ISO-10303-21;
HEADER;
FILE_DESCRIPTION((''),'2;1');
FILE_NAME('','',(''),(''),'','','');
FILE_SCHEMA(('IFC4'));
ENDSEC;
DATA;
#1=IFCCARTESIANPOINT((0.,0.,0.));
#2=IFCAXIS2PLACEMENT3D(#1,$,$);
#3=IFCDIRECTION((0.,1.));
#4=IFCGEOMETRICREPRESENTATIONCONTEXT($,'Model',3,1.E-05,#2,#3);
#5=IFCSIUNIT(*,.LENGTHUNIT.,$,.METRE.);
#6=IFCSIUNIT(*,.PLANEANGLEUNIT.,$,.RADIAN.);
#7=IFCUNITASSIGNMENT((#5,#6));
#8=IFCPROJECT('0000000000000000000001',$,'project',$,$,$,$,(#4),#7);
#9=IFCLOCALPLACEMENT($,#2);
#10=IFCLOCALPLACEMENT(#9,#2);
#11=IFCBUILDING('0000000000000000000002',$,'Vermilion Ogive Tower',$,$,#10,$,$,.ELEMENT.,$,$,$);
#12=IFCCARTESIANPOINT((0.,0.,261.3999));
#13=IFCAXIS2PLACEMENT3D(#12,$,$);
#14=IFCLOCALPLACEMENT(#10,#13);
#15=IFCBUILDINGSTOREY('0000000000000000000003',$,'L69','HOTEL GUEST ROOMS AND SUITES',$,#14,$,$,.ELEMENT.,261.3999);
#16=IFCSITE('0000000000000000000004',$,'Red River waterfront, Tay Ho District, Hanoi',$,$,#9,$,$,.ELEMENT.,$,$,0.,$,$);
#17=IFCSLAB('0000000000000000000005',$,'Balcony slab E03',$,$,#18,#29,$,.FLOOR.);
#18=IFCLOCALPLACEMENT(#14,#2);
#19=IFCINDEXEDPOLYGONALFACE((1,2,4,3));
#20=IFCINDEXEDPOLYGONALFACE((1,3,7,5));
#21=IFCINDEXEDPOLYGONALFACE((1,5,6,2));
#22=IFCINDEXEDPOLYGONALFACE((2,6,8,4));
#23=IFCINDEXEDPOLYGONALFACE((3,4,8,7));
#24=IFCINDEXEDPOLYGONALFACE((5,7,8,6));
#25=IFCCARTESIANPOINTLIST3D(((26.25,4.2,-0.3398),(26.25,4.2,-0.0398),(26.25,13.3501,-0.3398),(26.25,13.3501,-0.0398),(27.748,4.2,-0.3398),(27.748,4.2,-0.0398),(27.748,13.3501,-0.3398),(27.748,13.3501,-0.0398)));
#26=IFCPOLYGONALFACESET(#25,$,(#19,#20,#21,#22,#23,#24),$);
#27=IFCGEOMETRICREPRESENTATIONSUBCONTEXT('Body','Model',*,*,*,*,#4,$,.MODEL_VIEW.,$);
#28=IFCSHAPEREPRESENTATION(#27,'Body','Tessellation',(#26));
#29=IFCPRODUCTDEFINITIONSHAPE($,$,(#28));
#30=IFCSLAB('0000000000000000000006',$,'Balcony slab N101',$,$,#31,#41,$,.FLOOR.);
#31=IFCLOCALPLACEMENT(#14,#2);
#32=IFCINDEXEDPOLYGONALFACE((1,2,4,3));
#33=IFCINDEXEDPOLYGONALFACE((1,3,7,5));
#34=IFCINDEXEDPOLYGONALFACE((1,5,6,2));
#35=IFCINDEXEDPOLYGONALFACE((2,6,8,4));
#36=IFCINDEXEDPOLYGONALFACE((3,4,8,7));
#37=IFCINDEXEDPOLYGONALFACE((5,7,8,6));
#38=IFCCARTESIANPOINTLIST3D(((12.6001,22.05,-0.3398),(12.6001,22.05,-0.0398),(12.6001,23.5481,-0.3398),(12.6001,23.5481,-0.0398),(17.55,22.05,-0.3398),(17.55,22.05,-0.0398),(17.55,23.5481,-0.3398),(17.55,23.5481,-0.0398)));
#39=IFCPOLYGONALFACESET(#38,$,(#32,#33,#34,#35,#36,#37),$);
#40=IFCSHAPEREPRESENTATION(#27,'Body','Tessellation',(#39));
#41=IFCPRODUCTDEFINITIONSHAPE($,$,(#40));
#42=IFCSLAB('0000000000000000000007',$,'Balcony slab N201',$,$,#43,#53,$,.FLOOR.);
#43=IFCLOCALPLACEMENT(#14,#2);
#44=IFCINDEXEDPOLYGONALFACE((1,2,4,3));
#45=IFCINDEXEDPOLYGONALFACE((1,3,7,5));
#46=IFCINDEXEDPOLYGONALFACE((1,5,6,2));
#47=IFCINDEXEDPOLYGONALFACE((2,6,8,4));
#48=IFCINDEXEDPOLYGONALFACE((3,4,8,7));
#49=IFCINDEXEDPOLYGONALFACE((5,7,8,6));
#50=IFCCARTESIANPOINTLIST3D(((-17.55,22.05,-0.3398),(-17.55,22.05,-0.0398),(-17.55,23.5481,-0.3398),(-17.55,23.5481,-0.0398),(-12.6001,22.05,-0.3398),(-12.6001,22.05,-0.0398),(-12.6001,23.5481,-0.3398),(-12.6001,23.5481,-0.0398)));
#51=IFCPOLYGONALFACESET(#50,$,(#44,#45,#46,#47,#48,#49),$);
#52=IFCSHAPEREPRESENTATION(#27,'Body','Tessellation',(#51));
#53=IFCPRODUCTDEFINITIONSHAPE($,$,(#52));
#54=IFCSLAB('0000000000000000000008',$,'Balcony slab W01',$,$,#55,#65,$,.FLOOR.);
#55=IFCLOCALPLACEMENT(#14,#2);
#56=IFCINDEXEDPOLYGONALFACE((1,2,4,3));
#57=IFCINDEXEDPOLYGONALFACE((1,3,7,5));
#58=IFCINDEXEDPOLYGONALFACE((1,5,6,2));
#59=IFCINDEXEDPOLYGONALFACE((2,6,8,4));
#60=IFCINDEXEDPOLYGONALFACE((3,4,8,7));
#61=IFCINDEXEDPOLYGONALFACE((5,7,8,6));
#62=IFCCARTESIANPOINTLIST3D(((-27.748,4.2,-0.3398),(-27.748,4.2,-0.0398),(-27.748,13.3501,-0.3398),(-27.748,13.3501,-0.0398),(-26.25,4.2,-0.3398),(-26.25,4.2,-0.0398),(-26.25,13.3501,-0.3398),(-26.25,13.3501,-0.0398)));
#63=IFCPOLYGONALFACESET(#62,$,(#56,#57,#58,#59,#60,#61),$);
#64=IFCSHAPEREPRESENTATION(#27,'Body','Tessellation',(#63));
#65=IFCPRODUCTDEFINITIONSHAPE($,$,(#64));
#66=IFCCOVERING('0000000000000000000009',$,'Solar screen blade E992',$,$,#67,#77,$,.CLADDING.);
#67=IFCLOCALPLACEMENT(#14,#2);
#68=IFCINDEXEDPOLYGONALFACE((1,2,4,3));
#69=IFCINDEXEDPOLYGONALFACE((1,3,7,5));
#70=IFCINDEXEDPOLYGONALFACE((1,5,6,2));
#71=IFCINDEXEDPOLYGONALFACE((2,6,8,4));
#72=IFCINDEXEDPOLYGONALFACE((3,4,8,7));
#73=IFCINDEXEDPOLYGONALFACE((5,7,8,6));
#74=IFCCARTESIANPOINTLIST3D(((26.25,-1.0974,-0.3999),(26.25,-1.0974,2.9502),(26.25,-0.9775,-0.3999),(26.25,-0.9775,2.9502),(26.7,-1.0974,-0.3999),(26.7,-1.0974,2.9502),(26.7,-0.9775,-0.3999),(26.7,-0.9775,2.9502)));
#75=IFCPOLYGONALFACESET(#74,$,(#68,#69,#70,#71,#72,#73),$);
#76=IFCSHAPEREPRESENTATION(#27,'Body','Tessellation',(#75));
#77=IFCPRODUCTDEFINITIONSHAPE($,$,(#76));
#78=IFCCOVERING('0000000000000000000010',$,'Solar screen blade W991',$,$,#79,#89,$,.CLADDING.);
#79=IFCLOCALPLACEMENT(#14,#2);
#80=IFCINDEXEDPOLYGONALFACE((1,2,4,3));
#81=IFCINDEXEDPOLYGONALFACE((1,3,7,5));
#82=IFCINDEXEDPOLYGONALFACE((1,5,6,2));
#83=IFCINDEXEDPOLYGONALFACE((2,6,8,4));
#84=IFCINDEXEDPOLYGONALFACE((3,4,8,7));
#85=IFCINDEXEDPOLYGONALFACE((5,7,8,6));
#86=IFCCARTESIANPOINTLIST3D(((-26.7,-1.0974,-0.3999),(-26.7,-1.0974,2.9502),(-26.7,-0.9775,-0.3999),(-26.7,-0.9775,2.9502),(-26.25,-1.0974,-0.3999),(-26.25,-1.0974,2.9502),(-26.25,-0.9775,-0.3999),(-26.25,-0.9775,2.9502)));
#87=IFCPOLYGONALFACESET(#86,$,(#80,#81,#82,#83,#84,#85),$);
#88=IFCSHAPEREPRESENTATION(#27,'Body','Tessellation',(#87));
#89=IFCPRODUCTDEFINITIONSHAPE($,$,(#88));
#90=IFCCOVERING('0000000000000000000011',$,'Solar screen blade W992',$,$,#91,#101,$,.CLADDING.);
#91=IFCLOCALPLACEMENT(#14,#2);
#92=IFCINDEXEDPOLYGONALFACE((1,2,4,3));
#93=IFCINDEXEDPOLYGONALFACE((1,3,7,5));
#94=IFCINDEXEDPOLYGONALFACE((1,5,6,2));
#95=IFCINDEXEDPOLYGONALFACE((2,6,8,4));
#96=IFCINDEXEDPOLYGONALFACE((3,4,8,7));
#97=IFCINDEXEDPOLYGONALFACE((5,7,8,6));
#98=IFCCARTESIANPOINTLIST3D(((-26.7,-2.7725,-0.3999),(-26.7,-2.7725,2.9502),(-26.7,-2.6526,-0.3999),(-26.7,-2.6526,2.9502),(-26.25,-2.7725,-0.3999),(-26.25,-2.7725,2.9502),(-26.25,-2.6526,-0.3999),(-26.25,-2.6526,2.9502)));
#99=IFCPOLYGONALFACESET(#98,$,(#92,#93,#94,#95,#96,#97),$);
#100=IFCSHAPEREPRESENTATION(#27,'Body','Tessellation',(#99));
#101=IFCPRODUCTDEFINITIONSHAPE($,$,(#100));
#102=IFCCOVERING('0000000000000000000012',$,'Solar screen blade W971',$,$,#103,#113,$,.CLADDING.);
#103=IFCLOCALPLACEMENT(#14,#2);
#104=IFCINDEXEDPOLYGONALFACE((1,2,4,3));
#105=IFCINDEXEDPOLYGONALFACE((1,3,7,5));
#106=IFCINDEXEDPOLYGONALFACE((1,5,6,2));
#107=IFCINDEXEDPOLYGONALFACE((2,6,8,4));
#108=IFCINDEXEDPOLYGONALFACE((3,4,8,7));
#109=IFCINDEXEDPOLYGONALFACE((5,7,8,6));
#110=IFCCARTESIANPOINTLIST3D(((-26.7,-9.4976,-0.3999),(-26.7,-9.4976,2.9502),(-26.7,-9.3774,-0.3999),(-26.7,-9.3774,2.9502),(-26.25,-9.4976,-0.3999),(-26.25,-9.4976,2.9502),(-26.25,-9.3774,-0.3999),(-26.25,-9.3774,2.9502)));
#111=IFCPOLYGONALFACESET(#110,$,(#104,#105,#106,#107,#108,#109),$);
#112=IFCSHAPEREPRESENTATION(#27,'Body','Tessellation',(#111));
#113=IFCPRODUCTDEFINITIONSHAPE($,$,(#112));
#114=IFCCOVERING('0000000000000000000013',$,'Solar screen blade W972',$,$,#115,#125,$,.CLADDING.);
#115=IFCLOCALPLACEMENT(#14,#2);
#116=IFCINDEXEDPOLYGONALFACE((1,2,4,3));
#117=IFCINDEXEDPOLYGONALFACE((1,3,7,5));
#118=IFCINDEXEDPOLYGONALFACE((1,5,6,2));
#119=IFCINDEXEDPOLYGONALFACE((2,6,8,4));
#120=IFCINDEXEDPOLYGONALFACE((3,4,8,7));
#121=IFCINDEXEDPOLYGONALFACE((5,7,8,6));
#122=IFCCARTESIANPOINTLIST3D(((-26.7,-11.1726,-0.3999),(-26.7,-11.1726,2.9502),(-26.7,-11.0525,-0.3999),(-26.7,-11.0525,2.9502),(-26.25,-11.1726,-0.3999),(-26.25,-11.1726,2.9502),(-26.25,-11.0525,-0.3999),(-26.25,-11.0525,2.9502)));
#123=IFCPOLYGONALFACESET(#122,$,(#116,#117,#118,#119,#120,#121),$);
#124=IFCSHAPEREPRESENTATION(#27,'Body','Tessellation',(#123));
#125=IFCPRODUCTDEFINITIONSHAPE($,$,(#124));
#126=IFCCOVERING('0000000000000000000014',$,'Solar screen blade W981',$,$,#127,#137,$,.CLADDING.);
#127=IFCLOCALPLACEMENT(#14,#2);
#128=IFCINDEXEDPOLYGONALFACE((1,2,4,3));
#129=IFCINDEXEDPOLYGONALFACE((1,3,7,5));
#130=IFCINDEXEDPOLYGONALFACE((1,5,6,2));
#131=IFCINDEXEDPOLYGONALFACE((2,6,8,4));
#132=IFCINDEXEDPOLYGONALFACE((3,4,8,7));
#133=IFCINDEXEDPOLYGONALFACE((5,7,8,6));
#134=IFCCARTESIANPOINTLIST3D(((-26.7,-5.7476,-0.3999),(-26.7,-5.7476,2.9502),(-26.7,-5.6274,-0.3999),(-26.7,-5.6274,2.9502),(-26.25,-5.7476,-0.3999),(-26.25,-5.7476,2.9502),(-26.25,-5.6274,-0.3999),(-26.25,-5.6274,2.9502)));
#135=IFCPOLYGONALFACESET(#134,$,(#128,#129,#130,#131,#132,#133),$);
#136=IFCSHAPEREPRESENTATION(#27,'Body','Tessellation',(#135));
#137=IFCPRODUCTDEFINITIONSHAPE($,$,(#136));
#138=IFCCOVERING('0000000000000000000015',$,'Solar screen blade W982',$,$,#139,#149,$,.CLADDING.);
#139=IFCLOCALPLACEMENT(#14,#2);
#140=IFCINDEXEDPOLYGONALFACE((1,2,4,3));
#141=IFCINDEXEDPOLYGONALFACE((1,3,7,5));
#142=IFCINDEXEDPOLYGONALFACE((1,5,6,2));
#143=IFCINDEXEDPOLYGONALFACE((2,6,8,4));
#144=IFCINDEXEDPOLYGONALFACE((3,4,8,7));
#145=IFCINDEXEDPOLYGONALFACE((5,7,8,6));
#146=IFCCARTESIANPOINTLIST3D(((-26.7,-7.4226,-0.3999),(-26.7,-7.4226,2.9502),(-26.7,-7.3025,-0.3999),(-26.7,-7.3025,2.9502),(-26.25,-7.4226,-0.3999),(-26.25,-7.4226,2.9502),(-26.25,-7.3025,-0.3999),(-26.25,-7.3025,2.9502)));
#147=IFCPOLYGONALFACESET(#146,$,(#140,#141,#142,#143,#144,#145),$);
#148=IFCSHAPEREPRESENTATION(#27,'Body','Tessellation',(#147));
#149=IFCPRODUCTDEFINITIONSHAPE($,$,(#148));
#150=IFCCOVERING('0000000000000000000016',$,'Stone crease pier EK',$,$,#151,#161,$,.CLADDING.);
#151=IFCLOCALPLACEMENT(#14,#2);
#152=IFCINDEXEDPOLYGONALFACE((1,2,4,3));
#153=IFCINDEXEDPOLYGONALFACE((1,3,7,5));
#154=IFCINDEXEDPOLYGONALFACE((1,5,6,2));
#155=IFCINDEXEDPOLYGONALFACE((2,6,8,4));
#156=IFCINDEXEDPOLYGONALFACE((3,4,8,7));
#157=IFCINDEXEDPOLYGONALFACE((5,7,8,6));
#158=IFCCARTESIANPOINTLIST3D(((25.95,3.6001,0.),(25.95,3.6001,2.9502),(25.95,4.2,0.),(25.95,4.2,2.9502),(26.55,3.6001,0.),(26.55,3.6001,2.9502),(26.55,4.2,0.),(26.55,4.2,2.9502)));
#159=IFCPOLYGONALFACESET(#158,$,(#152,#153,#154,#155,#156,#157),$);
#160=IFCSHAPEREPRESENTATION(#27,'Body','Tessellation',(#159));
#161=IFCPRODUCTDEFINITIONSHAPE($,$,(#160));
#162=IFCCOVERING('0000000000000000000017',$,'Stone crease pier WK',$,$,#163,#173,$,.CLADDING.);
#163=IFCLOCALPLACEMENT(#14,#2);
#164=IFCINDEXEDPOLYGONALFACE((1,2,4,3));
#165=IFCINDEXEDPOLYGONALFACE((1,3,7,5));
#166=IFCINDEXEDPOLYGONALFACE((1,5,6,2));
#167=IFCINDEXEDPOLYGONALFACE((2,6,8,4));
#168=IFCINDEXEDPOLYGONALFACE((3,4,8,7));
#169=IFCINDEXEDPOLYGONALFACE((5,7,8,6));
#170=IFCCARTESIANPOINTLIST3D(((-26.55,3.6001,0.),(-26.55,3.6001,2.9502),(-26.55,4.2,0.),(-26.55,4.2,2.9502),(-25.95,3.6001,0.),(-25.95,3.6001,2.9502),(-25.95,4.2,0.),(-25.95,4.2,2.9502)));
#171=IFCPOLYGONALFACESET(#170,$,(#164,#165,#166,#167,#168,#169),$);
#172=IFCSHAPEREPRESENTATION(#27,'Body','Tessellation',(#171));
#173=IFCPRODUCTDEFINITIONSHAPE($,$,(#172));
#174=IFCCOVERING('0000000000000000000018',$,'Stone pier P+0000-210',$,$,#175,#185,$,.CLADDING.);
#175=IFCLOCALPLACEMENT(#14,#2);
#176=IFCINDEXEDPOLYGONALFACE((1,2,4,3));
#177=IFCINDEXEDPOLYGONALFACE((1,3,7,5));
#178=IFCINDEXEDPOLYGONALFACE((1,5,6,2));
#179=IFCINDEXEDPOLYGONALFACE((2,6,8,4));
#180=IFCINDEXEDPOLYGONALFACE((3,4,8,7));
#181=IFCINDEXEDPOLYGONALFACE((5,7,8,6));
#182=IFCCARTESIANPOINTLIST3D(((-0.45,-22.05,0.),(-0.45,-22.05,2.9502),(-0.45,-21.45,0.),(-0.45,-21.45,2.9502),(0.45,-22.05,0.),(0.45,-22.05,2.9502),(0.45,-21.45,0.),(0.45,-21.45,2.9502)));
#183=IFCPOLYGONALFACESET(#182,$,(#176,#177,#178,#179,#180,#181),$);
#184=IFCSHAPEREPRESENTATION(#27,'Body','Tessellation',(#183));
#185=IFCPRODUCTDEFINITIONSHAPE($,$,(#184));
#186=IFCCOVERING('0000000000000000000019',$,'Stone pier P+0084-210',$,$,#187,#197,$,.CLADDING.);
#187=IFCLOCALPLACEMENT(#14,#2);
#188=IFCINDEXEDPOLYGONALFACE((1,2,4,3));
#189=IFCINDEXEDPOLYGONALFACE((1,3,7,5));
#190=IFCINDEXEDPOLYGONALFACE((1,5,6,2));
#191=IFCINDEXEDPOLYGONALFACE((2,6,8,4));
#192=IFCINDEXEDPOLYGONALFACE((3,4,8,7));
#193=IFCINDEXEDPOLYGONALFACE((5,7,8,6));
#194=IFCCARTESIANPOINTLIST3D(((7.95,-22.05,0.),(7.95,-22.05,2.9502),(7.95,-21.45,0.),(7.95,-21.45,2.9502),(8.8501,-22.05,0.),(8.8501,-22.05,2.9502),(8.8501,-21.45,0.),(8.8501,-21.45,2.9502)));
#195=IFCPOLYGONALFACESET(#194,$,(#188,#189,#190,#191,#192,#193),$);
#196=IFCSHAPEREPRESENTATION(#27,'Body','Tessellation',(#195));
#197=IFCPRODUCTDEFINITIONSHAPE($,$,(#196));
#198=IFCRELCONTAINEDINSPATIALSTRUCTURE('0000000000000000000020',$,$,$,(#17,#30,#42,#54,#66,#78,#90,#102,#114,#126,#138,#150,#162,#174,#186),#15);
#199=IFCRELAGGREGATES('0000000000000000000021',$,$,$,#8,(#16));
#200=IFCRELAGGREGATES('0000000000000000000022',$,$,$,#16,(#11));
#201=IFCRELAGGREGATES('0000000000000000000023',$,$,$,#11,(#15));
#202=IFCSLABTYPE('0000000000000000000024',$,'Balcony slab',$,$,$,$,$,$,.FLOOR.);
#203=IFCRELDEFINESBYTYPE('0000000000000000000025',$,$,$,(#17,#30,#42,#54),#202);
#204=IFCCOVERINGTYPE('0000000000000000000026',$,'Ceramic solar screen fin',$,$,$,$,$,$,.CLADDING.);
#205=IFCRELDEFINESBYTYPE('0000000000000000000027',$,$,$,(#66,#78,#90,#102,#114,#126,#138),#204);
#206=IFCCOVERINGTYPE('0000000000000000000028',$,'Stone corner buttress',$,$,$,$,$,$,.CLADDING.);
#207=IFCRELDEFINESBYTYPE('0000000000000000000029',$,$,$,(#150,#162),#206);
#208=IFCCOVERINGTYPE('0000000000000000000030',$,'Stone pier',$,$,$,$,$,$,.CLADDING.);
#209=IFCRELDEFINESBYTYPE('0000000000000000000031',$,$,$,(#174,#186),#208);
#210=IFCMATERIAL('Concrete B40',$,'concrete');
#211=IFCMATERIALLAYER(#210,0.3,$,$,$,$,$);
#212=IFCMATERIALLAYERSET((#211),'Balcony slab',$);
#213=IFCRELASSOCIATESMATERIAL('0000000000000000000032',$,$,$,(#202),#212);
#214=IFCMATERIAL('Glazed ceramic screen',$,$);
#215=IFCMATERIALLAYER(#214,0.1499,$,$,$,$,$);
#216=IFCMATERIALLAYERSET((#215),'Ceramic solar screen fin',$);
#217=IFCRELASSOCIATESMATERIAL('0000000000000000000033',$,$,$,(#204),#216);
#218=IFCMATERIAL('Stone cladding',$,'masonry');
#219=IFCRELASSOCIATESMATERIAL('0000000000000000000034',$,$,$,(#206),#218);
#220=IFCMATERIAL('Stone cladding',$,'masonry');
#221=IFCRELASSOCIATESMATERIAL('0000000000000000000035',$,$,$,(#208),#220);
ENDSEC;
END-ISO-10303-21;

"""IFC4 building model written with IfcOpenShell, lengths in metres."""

from ifc_helpers import new_model, si_unit, direction, frame, origin, place, context, subcontext, project, spatial, polyline, outline, extrude, material, layer, layer_set, type_object, element, save


model = new_model("IFC4")

# Units and contexts
model_context = context("Model", 3, precision=1e-05, world=origin(), true_north=direction((0.0, 1.0)))
body_context = subcontext(model_context, "Body", "Model", "MODEL_VIEW")
ifc_project = project(units=[si_unit("LENGTHUNIT", "METRE"), si_unit("PLANEANGLEUNIT", "RADIAN")], contexts=[model_context])

# Site, building, storey
site_placement = place(None, origin())
site = spatial("IfcSite", under=ifc_project, at=site_placement, Name="Red River waterfront, Tay Ho District, Hanoi", CompositionType="ELEMENT", RefElevation=0.0)
building_placement = place(site_placement, origin())
building = spatial("IfcBuilding", under=site, at=building_placement, Name="Vermilion Ogive Tower", CompositionType="ELEMENT")
storey_placement = place(building_placement, frame((0.0, 0.0, 261.3999)))
storey = spatial("IfcBuildingStorey", under=building, at=storey_placement, Name="L69", Description="HOTEL GUEST ROOMS AND SUITES", CompositionType="ELEMENT", Elevation=261.3999)

# Slabs
ifc_material_1 = material(Name="Concrete B40", Category="concrete")
ifc_layer_1 = layer(ifc_material_1, 0.3)
ifc_layer_set_1 = layer_set([ifc_layer_1], Name="Balcony slab")
slab_type = type_object("IfcSlabType", Name="Balcony slab", PredefinedType="FLOOR", material=ifc_layer_set_1)
slab_1_placement = place(storey_placement, frame((0.0, 0.0, -0.3398)))
element("IfcSlab", 1, at=slab_1_placement, inside=storey, type_object=slab_type, Name="Balcony slab E03", PredefinedType="FLOOR", context=body_context, shape_type="SweptSolid", body=[
    extrude(outline(polyline([(27.748, 4.2), (27.748, 13.3501), (26.25, 13.3501), (26.25, 4.2), (27.748, 4.2)])), origin(), (0.0, 0.0, 1.0), 0.3),
])
slab_2_placement = place(storey_placement, frame((0.0, 0.0, -0.3398)))
element("IfcSlab", 2, at=slab_2_placement, inside=storey, type_object=slab_type, Name="Balcony slab N101", PredefinedType="FLOOR", context=body_context, shape_type="SweptSolid", body=[
    extrude(outline(polyline([(17.55, 23.5481), (12.6001, 23.5481), (12.6001, 22.05), (17.55, 22.05), (17.55, 23.5481)])), origin(), (0.0, 0.0, 1.0), 0.3),
])
slab_3_placement = place(storey_placement, frame((0.0, 0.0, -0.3398)))
element("IfcSlab", 3, at=slab_3_placement, inside=storey, type_object=slab_type, Name="Balcony slab N201", PredefinedType="FLOOR", context=body_context, shape_type="SweptSolid", body=[
    extrude(outline(polyline([(-12.6001, 23.5481), (-17.55, 23.5481), (-17.55, 22.05), (-12.6001, 22.05), (-12.6001, 23.5481)])), origin(), (0.0, 0.0, 1.0), 0.3),
])
slab_4_placement = place(storey_placement, frame((0.0, 0.0, -0.3398)))
element("IfcSlab", 4, at=slab_4_placement, inside=storey, type_object=slab_type, Name="Balcony slab W01", PredefinedType="FLOOR", context=body_context, shape_type="SweptSolid", body=[
    extrude(outline(polyline([(-27.748, 13.3501), (-27.748, 4.2), (-26.25, 4.2), (-26.25, 13.3501), (-27.748, 13.3501)])), origin(), (0.0, 0.0, 1.0), 0.3),
])

# Coverings
ifc_material_2 = material(Name="Glazed ceramic screen")
ifc_layer_2 = layer(ifc_material_2, 0.1499)
ifc_layer_set_2 = layer_set([ifc_layer_2], Name="Ceramic solar screen fin")
covering_type_1 = type_object("IfcCoveringType", Name="Ceramic solar screen fin", PredefinedType="CLADDING", material=ifc_layer_set_2)
covering_1_placement = place(storey_placement, frame((0.0, 0.0, -0.3999)))
element("IfcCovering", 5, at=covering_1_placement, inside=storey, type_object=covering_type_1, Name="Solar screen blade E992", PredefinedType="CLADDING", context=body_context, shape_type="SweptSolid", body=[
    extrude(outline(polyline([(26.7, -1.0974), (26.7, -0.9775), (26.25, -0.9775), (26.25, -1.0974), (26.7, -1.0974)])), origin(), (0.0, 0.0, 1.0), 3.3501),
])
covering_2_placement = place(storey_placement, frame((0.0, 0.0, -0.3999)))
element("IfcCovering", 6, at=covering_2_placement, inside=storey, type_object=covering_type_1, Name="Solar screen blade W991", PredefinedType="CLADDING", context=body_context, shape_type="SweptSolid", body=[
    extrude(outline(polyline([(-26.7, -0.9775), (-26.7, -1.0974), (-26.25, -1.0974), (-26.25, -0.9775), (-26.7, -0.9775)])), origin(), (0.0, 0.0, 1.0), 3.3501),
])
covering_3_placement = place(storey_placement, frame((0.0, 0.0, -0.3999)))
element("IfcCovering", 7, at=covering_3_placement, inside=storey, type_object=covering_type_1, Name="Solar screen blade W992", PredefinedType="CLADDING", context=body_context, shape_type="SweptSolid", body=[
    extrude(outline(polyline([(-26.7, -2.6526), (-26.7, -2.7725), (-26.25, -2.7725), (-26.25, -2.6526), (-26.7, -2.6526)])), origin(), (0.0, 0.0, 1.0), 3.3501),
])
covering_4_placement = place(storey_placement, frame((0.0, 0.0, -0.3999)))
element("IfcCovering", 8, at=covering_4_placement, inside=storey, type_object=covering_type_1, Name="Solar screen blade W971", PredefinedType="CLADDING", context=body_context, shape_type="SweptSolid", body=[
    extrude(outline(polyline([(-26.7, -9.3774), (-26.7, -9.4976), (-26.25, -9.4976), (-26.25, -9.3774), (-26.7, -9.3774)])), origin(), (0.0, 0.0, 1.0), 3.3501),
])
covering_5_placement = place(storey_placement, frame((0.0, 0.0, -0.3999)))
element("IfcCovering", 9, at=covering_5_placement, inside=storey, type_object=covering_type_1, Name="Solar screen blade W972", PredefinedType="CLADDING", context=body_context, shape_type="SweptSolid", body=[
    extrude(outline(polyline([(-26.7, -11.0525), (-26.7, -11.1726), (-26.25, -11.1726), (-26.25, -11.0525), (-26.7, -11.0525)])), origin(), (0.0, 0.0, 1.0), 3.3501),
])
covering_6_placement = place(storey_placement, frame((0.0, 0.0, -0.3999)))
element("IfcCovering", 10, at=covering_6_placement, inside=storey, type_object=covering_type_1, Name="Solar screen blade W981", PredefinedType="CLADDING", context=body_context, shape_type="SweptSolid", body=[
    extrude(outline(polyline([(-26.7, -5.6274), (-26.7, -5.7476), (-26.25, -5.7476), (-26.25, -5.6274), (-26.7, -5.6274)])), origin(), (0.0, 0.0, 1.0), 3.3501),
])
covering_7_placement = place(storey_placement, frame((0.0, 0.0, -0.3999)))
element("IfcCovering", 11, at=covering_7_placement, inside=storey, type_object=covering_type_1, Name="Solar screen blade W982", PredefinedType="CLADDING", context=body_context, shape_type="SweptSolid", body=[
    extrude(outline(polyline([(-26.7, -7.3025), (-26.7, -7.4226), (-26.25, -7.4226), (-26.25, -7.3025), (-26.7, -7.3025)])), origin(), (0.0, 0.0, 1.0), 3.3501),
])
ifc_material_3 = material(Name="Stone cladding", Category="masonry")
covering_type_2 = type_object("IfcCoveringType", Name="Stone corner buttress", PredefinedType="CLADDING", material=ifc_material_3)
covering_8_placement = place(storey_placement, origin())
element("IfcCovering", 12, at=covering_8_placement, inside=storey, type_object=covering_type_2, Name="Stone crease pier EK", PredefinedType="CLADDING", context=body_context, shape_type="SweptSolid", body=[
    extrude(outline(polyline([(26.55, 3.6001), (26.55, 4.2), (25.95, 4.2), (25.95, 3.6001), (26.55, 3.6001)])), origin(), (0.0, 0.0, 1.0), 2.9502),
])
covering_9_placement = place(storey_placement, origin())
element("IfcCovering", 13, at=covering_9_placement, inside=storey, type_object=covering_type_2, Name="Stone crease pier WK", PredefinedType="CLADDING", context=body_context, shape_type="SweptSolid", body=[
    extrude(outline(polyline([(-26.55, 4.2), (-26.55, 3.6001), (-25.95, 3.6001), (-25.95, 4.2), (-26.55, 4.2)])), origin(), (0.0, 0.0, 1.0), 2.9502),
])
ifc_material_4 = material(Name="Stone cladding", Category="masonry")
covering_type_3 = type_object("IfcCoveringType", Name="Stone pier", PredefinedType="CLADDING", material=ifc_material_4)
covering_10_placement = place(storey_placement, origin())
element("IfcCovering", 14, at=covering_10_placement, inside=storey, type_object=covering_type_3, Name="Stone pier P+0000-210", PredefinedType="CLADDING", context=body_context, shape_type="SweptSolid", body=[
    extrude(outline(polyline([(0.45, -22.05), (-0.45, -22.05), (-0.45, -21.45), (0.45, -21.45), (0.45, -22.05)])), origin(), (0.0, 0.0, 1.0), 2.9502),
])
covering_11_placement = place(storey_placement, origin())
element("IfcCovering", 15, at=covering_11_placement, inside=storey, type_object=covering_type_3, Name="Stone pier P+0084-210", PredefinedType="CLADDING", context=body_context, shape_type="SweptSolid", body=[
    extrude(outline(polyline([(8.8501, -21.45), (8.8501, -22.05), (7.95, -22.05), (7.95, -21.45), (7.95, -21.45), (8.8501, -21.45)])), origin(), (0.0, 0.0, 1.0), 2.9502),
])

save(model, "model.ifc")
